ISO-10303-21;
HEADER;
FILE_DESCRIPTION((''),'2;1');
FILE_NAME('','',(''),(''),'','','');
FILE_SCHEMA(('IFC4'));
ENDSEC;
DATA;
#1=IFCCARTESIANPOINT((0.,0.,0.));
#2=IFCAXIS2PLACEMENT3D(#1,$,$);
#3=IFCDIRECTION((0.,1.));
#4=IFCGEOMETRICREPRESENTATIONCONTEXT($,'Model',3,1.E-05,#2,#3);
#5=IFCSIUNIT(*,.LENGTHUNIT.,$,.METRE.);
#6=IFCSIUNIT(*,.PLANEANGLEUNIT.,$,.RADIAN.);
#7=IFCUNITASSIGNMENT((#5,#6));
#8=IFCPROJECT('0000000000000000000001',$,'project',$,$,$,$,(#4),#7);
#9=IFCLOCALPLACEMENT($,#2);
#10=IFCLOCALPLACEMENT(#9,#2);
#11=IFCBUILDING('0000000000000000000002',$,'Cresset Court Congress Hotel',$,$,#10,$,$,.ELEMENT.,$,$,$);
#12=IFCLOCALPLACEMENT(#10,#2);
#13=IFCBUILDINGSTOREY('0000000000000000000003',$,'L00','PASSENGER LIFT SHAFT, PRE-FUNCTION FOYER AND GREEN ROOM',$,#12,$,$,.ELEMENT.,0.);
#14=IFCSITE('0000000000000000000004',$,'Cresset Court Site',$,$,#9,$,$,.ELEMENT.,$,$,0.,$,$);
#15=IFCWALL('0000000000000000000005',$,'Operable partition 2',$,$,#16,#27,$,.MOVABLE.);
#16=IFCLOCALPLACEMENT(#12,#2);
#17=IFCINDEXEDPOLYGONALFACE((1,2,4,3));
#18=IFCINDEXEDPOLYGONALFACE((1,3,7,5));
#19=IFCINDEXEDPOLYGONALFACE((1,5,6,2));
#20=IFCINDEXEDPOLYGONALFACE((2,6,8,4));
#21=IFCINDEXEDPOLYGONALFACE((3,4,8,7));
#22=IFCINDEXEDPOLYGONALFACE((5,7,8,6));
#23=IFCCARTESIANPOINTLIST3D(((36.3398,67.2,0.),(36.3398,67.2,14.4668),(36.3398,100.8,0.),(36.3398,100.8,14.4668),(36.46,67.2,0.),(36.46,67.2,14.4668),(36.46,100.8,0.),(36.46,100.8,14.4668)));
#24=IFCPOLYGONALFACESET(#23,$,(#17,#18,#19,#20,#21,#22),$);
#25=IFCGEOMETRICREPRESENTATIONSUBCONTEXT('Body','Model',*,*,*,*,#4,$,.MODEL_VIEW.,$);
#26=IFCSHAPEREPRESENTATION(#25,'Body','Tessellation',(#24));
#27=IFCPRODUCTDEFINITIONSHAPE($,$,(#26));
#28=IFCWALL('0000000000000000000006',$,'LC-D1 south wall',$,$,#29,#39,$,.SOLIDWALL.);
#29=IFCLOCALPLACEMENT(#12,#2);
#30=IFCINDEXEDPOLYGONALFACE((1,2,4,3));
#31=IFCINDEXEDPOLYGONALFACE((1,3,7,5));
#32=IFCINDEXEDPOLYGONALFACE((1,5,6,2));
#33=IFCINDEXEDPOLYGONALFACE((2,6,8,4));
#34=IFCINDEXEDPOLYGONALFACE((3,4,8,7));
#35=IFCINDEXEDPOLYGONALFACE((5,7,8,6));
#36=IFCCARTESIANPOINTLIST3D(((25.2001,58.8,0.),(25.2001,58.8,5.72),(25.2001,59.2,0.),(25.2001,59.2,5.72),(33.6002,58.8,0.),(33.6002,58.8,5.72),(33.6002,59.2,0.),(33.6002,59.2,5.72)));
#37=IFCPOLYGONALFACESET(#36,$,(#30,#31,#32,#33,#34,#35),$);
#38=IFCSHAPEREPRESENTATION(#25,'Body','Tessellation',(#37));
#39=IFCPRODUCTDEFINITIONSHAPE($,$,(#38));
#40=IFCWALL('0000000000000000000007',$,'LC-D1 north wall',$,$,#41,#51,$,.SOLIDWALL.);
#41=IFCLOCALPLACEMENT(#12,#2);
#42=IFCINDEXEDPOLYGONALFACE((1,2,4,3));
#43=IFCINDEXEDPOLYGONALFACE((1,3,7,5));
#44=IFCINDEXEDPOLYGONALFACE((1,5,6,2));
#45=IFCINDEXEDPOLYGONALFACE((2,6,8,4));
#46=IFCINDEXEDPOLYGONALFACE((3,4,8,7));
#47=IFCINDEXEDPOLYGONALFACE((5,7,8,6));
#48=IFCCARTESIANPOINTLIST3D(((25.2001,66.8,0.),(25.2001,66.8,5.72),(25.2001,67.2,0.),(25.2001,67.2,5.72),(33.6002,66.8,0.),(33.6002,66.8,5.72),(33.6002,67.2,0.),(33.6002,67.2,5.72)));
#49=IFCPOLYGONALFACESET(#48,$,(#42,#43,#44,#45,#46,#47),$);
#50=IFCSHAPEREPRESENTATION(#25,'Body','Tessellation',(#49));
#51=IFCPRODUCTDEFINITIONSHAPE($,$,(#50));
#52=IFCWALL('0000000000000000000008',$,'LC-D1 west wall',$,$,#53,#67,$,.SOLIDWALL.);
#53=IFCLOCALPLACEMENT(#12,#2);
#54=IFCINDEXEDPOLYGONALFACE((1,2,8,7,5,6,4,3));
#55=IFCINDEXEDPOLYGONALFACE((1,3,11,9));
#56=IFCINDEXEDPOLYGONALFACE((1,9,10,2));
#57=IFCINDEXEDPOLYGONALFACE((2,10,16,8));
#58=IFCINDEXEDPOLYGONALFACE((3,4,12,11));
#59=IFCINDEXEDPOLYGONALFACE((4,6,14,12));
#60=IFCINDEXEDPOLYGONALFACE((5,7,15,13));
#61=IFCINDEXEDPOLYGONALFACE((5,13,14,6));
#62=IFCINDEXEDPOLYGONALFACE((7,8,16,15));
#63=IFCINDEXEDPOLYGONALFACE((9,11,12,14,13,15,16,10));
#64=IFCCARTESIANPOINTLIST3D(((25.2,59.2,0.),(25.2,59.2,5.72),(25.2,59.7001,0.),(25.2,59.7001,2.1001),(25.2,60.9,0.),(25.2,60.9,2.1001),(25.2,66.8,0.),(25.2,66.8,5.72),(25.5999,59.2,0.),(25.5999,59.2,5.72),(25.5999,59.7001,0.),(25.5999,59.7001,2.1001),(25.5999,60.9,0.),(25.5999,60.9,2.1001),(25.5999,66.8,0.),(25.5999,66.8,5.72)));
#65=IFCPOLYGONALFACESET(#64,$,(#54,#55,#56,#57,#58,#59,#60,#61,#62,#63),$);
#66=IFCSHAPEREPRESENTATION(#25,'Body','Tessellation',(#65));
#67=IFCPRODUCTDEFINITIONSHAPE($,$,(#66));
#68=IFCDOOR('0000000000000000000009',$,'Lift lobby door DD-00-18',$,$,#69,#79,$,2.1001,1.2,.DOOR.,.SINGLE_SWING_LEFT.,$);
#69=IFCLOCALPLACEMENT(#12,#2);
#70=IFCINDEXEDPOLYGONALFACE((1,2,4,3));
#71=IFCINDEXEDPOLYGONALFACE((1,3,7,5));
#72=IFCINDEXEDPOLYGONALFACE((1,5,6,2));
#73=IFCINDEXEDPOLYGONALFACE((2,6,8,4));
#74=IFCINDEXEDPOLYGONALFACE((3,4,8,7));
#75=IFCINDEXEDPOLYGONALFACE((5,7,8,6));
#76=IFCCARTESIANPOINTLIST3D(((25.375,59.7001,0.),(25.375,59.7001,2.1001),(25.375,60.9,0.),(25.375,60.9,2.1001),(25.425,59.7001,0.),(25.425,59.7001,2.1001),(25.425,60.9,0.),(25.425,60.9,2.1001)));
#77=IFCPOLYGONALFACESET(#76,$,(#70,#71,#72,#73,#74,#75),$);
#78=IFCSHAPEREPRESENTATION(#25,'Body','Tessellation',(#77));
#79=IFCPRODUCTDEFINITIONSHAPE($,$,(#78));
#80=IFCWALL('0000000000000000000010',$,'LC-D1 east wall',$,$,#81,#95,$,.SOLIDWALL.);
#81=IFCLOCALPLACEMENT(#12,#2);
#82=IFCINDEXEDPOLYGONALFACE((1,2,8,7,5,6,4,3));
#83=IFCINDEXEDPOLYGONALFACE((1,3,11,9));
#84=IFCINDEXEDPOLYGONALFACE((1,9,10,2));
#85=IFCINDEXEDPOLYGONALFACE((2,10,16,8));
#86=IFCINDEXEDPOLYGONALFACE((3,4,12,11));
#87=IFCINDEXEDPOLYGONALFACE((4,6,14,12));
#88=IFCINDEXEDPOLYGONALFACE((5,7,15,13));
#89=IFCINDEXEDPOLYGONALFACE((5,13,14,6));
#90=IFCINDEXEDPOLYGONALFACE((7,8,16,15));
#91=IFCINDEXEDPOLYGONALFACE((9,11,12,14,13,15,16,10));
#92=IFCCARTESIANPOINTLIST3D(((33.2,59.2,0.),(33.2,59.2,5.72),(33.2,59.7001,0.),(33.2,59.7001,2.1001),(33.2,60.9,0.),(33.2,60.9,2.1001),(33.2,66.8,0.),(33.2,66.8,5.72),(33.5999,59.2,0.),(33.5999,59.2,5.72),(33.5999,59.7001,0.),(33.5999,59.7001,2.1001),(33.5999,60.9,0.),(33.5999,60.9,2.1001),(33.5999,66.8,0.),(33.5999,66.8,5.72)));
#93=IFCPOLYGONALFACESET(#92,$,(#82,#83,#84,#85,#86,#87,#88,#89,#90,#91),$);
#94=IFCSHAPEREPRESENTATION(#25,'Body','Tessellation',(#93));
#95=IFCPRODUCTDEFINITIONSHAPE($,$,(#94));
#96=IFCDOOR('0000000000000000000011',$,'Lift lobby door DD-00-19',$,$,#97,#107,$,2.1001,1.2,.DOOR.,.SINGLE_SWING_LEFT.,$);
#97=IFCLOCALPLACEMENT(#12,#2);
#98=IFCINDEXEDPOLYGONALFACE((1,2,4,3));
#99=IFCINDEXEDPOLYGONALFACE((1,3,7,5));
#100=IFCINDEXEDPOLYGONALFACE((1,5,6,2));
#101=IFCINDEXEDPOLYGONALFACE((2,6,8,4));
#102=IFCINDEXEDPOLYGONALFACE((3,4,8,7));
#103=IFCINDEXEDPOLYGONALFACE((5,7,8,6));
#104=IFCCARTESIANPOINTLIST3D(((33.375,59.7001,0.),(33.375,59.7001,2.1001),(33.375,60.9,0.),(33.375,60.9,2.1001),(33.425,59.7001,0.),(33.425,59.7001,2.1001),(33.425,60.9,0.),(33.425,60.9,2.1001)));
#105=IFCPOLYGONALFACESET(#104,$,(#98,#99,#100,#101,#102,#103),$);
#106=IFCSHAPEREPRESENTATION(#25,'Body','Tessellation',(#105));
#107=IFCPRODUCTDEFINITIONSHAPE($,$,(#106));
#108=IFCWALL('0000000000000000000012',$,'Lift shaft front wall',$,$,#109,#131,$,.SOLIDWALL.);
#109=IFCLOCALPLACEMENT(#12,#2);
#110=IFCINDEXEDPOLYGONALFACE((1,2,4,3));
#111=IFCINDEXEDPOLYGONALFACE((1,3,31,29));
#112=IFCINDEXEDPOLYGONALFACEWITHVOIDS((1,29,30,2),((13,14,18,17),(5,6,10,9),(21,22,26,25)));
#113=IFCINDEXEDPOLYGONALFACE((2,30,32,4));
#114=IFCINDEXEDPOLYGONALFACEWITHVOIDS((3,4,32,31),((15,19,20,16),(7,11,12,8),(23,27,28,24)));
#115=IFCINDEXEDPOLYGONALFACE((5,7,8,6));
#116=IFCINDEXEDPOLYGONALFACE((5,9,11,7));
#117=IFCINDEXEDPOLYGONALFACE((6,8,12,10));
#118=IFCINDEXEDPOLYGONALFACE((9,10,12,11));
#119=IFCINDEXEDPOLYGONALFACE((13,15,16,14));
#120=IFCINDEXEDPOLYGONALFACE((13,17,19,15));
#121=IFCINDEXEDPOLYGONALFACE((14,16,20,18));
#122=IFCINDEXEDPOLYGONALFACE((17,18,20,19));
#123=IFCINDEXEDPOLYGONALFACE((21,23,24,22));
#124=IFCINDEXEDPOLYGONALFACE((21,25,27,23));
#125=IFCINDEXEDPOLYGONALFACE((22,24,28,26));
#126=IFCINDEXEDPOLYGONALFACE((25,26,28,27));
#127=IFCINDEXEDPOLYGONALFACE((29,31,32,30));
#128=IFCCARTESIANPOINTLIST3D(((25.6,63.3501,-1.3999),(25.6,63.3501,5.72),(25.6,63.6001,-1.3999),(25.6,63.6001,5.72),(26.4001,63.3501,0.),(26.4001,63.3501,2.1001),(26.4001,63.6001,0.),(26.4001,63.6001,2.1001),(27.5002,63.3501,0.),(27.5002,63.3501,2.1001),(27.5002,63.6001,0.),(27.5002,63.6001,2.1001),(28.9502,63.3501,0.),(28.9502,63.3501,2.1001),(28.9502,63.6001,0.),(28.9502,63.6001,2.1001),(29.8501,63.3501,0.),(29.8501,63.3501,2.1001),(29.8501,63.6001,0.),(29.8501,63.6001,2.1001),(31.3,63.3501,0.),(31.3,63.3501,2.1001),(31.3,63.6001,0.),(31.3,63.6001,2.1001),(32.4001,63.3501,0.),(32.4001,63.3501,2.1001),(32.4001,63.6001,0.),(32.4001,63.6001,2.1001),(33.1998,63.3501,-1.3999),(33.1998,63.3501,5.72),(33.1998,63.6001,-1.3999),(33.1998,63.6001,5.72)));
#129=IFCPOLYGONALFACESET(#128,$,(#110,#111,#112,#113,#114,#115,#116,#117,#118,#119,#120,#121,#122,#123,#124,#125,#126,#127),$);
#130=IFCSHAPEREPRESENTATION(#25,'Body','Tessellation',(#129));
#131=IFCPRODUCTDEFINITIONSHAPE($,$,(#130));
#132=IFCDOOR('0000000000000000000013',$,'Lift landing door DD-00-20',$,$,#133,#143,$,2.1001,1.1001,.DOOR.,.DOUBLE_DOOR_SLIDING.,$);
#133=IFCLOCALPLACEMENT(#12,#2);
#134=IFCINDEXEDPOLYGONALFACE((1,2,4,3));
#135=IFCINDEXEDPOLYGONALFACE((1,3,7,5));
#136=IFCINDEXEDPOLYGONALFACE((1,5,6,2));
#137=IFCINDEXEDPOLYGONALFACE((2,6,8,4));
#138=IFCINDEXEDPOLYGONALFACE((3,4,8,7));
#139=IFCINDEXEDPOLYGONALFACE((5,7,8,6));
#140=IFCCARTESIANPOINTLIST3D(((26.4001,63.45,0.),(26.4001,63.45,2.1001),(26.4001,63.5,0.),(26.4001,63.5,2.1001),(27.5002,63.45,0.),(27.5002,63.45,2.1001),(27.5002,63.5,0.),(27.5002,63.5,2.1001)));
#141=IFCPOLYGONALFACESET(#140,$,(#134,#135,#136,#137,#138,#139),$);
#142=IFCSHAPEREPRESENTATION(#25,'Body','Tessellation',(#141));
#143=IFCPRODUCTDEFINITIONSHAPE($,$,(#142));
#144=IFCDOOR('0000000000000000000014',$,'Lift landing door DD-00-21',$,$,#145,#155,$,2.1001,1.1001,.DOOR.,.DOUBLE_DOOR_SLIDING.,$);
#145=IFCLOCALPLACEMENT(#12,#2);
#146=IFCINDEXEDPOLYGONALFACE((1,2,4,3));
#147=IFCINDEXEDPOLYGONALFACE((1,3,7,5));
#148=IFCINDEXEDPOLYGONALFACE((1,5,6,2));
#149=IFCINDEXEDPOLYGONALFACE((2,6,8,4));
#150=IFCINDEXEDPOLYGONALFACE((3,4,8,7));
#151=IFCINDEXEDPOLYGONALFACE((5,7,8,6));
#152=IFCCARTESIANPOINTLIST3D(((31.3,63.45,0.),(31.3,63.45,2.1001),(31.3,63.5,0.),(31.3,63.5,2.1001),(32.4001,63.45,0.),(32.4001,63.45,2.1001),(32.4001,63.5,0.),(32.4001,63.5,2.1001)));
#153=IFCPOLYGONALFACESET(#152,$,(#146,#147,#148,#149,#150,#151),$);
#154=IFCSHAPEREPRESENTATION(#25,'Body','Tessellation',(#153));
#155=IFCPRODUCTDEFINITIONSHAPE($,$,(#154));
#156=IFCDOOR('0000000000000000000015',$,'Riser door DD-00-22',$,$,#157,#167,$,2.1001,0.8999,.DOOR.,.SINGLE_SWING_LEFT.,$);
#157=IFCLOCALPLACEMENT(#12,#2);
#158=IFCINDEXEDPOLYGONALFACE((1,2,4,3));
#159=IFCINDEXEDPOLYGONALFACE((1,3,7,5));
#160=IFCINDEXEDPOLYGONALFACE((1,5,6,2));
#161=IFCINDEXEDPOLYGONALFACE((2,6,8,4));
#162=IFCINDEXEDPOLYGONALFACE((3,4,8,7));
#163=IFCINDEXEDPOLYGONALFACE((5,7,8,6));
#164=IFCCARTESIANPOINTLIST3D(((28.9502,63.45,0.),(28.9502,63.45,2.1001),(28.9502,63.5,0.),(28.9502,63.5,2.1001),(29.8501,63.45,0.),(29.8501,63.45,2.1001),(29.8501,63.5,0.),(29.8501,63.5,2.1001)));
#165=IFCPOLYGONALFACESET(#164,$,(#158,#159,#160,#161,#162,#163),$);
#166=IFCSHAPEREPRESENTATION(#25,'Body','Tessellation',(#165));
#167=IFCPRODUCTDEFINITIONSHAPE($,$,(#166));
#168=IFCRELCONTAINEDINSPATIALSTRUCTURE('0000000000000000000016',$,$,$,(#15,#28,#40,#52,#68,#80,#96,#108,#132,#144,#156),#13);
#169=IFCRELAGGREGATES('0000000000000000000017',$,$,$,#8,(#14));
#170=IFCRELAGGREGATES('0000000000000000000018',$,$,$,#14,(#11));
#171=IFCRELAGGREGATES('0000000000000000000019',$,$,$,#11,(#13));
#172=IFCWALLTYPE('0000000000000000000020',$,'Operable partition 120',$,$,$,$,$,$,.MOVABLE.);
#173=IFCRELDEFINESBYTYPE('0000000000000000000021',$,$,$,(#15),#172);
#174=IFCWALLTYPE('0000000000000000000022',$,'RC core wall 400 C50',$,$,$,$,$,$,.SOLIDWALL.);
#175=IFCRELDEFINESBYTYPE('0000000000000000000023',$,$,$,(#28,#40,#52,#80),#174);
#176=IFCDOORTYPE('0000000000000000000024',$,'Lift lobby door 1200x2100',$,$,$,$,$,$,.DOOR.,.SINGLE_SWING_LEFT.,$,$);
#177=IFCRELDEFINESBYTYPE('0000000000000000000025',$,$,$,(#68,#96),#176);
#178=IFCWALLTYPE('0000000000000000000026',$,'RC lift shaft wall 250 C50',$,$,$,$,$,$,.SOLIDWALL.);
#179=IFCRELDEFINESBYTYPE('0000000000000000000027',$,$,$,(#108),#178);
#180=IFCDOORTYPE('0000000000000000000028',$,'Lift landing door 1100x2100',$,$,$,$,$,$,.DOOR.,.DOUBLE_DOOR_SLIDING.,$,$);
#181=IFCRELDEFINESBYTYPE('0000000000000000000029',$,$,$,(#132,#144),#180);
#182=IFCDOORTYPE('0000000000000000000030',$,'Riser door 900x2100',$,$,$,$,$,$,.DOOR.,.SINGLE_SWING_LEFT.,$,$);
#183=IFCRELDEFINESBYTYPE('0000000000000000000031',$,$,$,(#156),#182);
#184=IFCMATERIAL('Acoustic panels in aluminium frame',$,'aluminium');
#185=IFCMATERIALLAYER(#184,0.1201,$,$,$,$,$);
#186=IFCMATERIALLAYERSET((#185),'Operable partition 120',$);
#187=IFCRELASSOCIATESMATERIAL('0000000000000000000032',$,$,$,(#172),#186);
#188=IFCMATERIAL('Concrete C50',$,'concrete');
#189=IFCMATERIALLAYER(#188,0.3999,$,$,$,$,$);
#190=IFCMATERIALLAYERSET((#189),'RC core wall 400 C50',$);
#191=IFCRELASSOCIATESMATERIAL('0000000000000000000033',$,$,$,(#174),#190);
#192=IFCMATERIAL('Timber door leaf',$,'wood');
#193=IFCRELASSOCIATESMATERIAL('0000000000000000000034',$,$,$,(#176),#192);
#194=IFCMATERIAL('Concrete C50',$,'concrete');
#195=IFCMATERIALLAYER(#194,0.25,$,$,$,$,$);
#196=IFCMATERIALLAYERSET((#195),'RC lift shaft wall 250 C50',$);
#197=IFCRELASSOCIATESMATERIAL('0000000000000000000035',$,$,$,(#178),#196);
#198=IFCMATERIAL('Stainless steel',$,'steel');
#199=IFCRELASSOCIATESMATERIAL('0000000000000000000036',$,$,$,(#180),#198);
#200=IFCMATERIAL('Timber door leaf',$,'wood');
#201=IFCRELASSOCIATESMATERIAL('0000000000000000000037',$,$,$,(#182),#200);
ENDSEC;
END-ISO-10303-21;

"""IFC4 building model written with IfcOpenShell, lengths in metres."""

from ifc_helpers import new_model, si_unit, direction, frame, frame_2d, origin, place, context, subcontext, project, spatial, rectangle, extrude, material, layer, layer_set, type_object, element, fill, save


model = new_model("IFC4")

# Units and contexts
model_context = context("Model", 3, precision=1e-05, world=origin(), true_north=direction((0.0, 1.0)))
body_context = subcontext(model_context, "Body", "Model", "MODEL_VIEW")
ifc_project = project(units=[si_unit("LENGTHUNIT", "METRE"), si_unit("PLANEANGLEUNIT", "RADIAN")], contexts=[model_context])

# Site, building, storey
site_placement = place(None, origin())
site = spatial("IfcSite", under=ifc_project, at=site_placement, Name="Cresset Court Site", CompositionType="ELEMENT", RefElevation=0.0)
building_placement = place(site_placement, origin())
building = spatial("IfcBuilding", under=site, at=building_placement, Name="Cresset Court Congress Hotel", CompositionType="ELEMENT")
storey_placement = place(building_placement, origin())
storey = spatial("IfcBuildingStorey", under=building, at=storey_placement, Name="L00", Description="PASSENGER LIFT SHAFT, PRE-FUNCTION FOYER AND GREEN ROOM", CompositionType="ELEMENT", Elevation=0.0)

# Walls
ifc_material_1 = material(Name="Acoustic panels in aluminium frame", Category="aluminium")
ifc_layer_1 = layer(ifc_material_1, 0.1201)
ifc_layer_set_1 = layer_set([ifc_layer_1], Name="Operable partition 120")
wall_type_1 = type_object("IfcWallType", Name="Operable partition 120", PredefinedType="MOVABLE", material=ifc_layer_set_1)
wall_1_placement = place(storey_placement, frame((36.3999, 67.2, 0.0), z_axis=(0.0, 0.0, 1.0), x_axis=(0.0, 1.0, 0.0)))
element("IfcWall", 1, at=wall_1_placement, inside=storey, type_object=wall_type_1, Name="Operable partition 2", PredefinedType="MOVABLE", context=body_context, shape_type="SweptSolid", body=[
    extrude(rectangle(XDim=33.6001, YDim=0.1201, at=frame_2d((16.8, 0.0))), origin(), (0.0, 0.0, 1.0), 14.4668),
])
ifc_material_2 = material(Name="Concrete C50", Category="concrete")
ifc_layer_2 = layer(ifc_material_2, 0.3999)
ifc_layer_set_2 = layer_set([ifc_layer_2], Name="RC core wall 400 C50")
wall_type_2 = type_object("IfcWallType", Name="RC core wall 400 C50", PredefinedType="SOLIDWALL", material=ifc_layer_set_2)
for number, where, z_axis, x_axis, name in (
    (2, (25.2, 59.0, 0.0), (0.0, 0.0, 1.0), (1.0, 0.0, 0.0), "LC-D1 south wall"),
    (3, (25.2, 67.0, 0.0), (0.0, 0.0, 1.0), (1.0, 0.0, 0.0), "LC-D1 north wall"),
):
    element("IfcWall", number, at=place(storey_placement, frame(where, z_axis=z_axis, x_axis=x_axis)), inside=storey, type_object=wall_type_2, Name=name, PredefinedType="SOLIDWALL", context=body_context, shape_type="SweptSolid", body=[
        extrude(rectangle(XDim=8.4001, YDim=0.3999, at=frame_2d((4.2002, 0.0))), origin(), (0.0, 0.0, 1.0), 5.72),
    ])

# Walls, openings, doors
wall_2_placement = place(storey_placement, frame((25.3999, 59.2, 0.0), z_axis=(0.0, 0.0, 1.0), x_axis=(0.0, 1.0, 0.0)))
wall_2 = element("IfcWall", 4, at=wall_2_placement, inside=storey, type_object=wall_type_2, Name="LC-D1 west wall", PredefinedType="SOLIDWALL", context=body_context, shape_type="SweptSolid", body=[
    extrude(rectangle(XDim=7.6001, YDim=0.3999, at=frame_2d((3.8, 0.0))), origin(), (0.0, 0.0, 1.0), 5.72),
])
opening_1_placement = place(wall_2_placement, frame((0.5, 0.0, 0.0)))
opening_1 = element("IfcOpeningElement", 5, at=opening_1_placement, cuts=wall_2, PredefinedType="OPENING", context=body_context, shape_type="SweptSolid", body=[
    extrude(rectangle(XDim=1.2, YDim=2.1001, at=frame_2d((0.6001, 1.05))), frame((0.0, 0.21, 0.0), z_axis=(0.0, -1.0, 0.0), x_axis=(1.0, 0.0, 0.0)), (0.0, 0.0, 1.0), 0.4199),
])
ifc_material_3 = material(Name="Timber door leaf", Category="wood")
door_type_1 = type_object("IfcDoorType", Name="Lift lobby door 1200x2100", OperationType="SINGLE_SWING_LEFT", PredefinedType="DOOR", material=ifc_material_3)
door_1_placement = place(opening_1_placement, origin())
door_1 = element("IfcDoor", 6, at=door_1_placement, inside=storey, type_object=door_type_1, Name="Lift lobby door DD-00-18", OperationType="SINGLE_SWING_LEFT", OverallHeight=2.1001, OverallWidth=1.2, PredefinedType="DOOR", context=body_context, shape_type="SweptSolid", body=[
    extrude(rectangle(XDim=1.2, YDim=2.1001, at=frame_2d((0.6001, 1.05))), frame((0.0, 0.0249, 0.0), z_axis=(0.0, -1.0, 0.0), x_axis=(1.0, 0.0, 0.0)), (0.0, 0.0, 1.0), 0.05),
])
fill(opening_1, door_1)
wall_3_placement = place(storey_placement, frame((33.3999, 59.2, 0.0), z_axis=(0.0, 0.0, 1.0), x_axis=(0.0, 1.0, 0.0)))
wall_3 = element("IfcWall", 7, at=wall_3_placement, inside=storey, type_object=wall_type_2, Name="LC-D1 east wall", PredefinedType="SOLIDWALL", context=body_context, shape_type="SweptSolid", body=[
    extrude(rectangle(XDim=7.6001, YDim=0.3999, at=frame_2d((3.8, 0.0))), origin(), (0.0, 0.0, 1.0), 5.72),
])
opening_2_placement = place(wall_3_placement, frame((0.5, 0.0, 0.0)))
opening_2 = element("IfcOpeningElement", 8, at=opening_2_placement, cuts=wall_3, PredefinedType="OPENING", context=body_context, shape_type="SweptSolid", body=[
    extrude(rectangle(XDim=1.2, YDim=2.1001, at=frame_2d((0.6001, 1.05))), frame((0.0, 0.21, 0.0), z_axis=(0.0, -1.0, 0.0), x_axis=(1.0, 0.0, 0.0)), (0.0, 0.0, 1.0), 0.4199),
])
door_2_placement = place(opening_2_placement, origin())
door_2 = element("IfcDoor", 9, at=door_2_placement, inside=storey, type_object=door_type_1, Name="Lift lobby door DD-00-19", OperationType="SINGLE_SWING_LEFT", OverallHeight=2.1001, OverallWidth=1.2, PredefinedType="DOOR", context=body_context, shape_type="SweptSolid", body=[
    extrude(rectangle(XDim=1.2, YDim=2.1001, at=frame_2d((0.6001, 1.05))), frame((0.0, 0.0249, 0.0), z_axis=(0.0, -1.0, 0.0), x_axis=(1.0, 0.0, 0.0)), (0.0, 0.0, 1.0), 0.05),
])
fill(opening_2, door_2)

# Wall, openings, doors
ifc_material_4 = material(Name="Concrete C50", Category="concrete")
ifc_layer_3 = layer(ifc_material_4, 0.25)
ifc_layer_set_3 = layer_set([ifc_layer_3], Name="RC lift shaft wall 250 C50")
wall_type_3 = type_object("IfcWallType", Name="RC lift shaft wall 250 C50", PredefinedType="SOLIDWALL", material=ifc_layer_set_3)
wall_4_placement = place(storey_placement, frame((25.6001, 63.4751, -1.3999), z_axis=(0.0, 0.0, 1.0), x_axis=(1.0, 0.0, 0.0)))
wall_4 = element("IfcWall", 10, at=wall_4_placement, inside=storey, type_object=wall_type_3, Name="Lift shaft front wall", PredefinedType="SOLIDWALL", context=body_context, shape_type="SweptSolid", body=[
    extrude(rectangle(XDim=7.5999, YDim=0.25, at=frame_2d((3.7998, 0.0))), origin(), (0.0, 0.0, 1.0), 7.1199),
])
opening_3_placement = place(wall_4_placement, frame((0.8, 0.0, 1.3999)))
opening_3 = element("IfcOpeningElement", 11, at=opening_3_placement, cuts=wall_4, PredefinedType="OPENING", context=body_context, shape_type="SweptSolid", body=[
    extrude(rectangle(XDim=1.1001, YDim=2.1001, at=frame_2d((0.55, 1.05))), frame((0.0, 0.135, 0.0), z_axis=(0.0, -1.0, 0.0), x_axis=(1.0, 0.0, 0.0)), (0.0, 0.0, 1.0), 0.27),
])
opening_4_placement = place(wall_4_placement, frame((5.7, 0.0, 1.3999)))
opening_4 = element("IfcOpeningElement", 12, at=opening_4_placement, cuts=wall_4, PredefinedType="OPENING", context=body_context, shape_type="SweptSolid", body=[
    extrude(rectangle(XDim=1.1001, YDim=2.1001, at=frame_2d((0.55, 1.05))), frame((0.0, 0.135, 0.0), z_axis=(0.0, -1.0, 0.0), x_axis=(1.0, 0.0, 0.0)), (0.0, 0.0, 1.0), 0.27),
])
opening_5_placement = place(wall_4_placement, frame((3.3501, 0.0, 1.3999)))
opening_5 = element("IfcOpeningElement", 13, at=opening_5_placement, cuts=wall_4, PredefinedType="OPENING", context=body_context, shape_type="SweptSolid", body=[
    extrude(rectangle(XDim=0.8999, YDim=2.1001, at=frame_2d((0.45, 1.05))), frame((0.0, 0.135, 0.0), z_axis=(0.0, -1.0, 0.0), x_axis=(1.0, 0.0, 0.0)), (0.0, 0.0, 1.0), 0.27),
])
ifc_material_5 = material(Name="Stainless steel", Category="steel")
door_type_2 = type_object("IfcDoorType", Name="Lift landing door 1100x2100", OperationType="DOUBLE_DOOR_SLIDING", PredefinedType="DOOR", material=ifc_material_5)
door_3_placement = place(opening_3_placement, origin())
door_3 = element("IfcDoor", 14, at=door_3_placement, inside=storey, type_object=door_type_2, Name="Lift landing door DD-00-20", OperationType="DOUBLE_DOOR_SLIDING", OverallHeight=2.1001, OverallWidth=1.1001, PredefinedType="DOOR", context=body_context, shape_type="SweptSolid", body=[
    extrude(rectangle(XDim=1.1001, YDim=2.1001, at=frame_2d((0.55, 1.05))), frame((0.0, 0.0249, 0.0), z_axis=(0.0, -1.0, 0.0), x_axis=(1.0, 0.0, 0.0)), (0.0, 0.0, 1.0), 0.05),
])
fill(opening_3, door_3)
door_4_placement = place(opening_4_placement, origin())
door_4 = element("IfcDoor", 15, at=door_4_placement, inside=storey, type_object=door_type_2, Name="Lift landing door DD-00-21", OperationType="DOUBLE_DOOR_SLIDING", OverallHeight=2.1001, OverallWidth=1.1001, PredefinedType="DOOR", context=body_context, shape_type="SweptSolid", body=[
    extrude(rectangle(XDim=1.1001, YDim=2.1001, at=frame_2d((0.55, 1.05))), frame((0.0, 0.0249, 0.0), z_axis=(0.0, -1.0, 0.0), x_axis=(1.0, 0.0, 0.0)), (0.0, 0.0, 1.0), 0.05),
])
fill(opening_4, door_4)
ifc_material_6 = material(Name="Timber door leaf", Category="wood")
door_type_3 = type_object("IfcDoorType", Name="Riser door 900x2100", OperationType="SINGLE_SWING_LEFT", PredefinedType="DOOR", material=ifc_material_6)
door_5_placement = place(opening_5_placement, origin())
door_5 = element("IfcDoor", 16, at=door_5_placement, inside=storey, type_object=door_type_3, Name="Riser door DD-00-22", OperationType="SINGLE_SWING_LEFT", OverallHeight=2.1001, OverallWidth=0.8999, PredefinedType="DOOR", context=body_context, shape_type="SweptSolid", body=[
    extrude(rectangle(XDim=0.8999, YDim=2.1001, at=frame_2d((0.45, 1.05))), frame((0.0, 0.0249, 0.0), z_axis=(0.0, -1.0, 0.0), x_axis=(1.0, 0.0, 0.0)), (0.0, 0.0, 1.0), 0.05),
])
fill(opening_5, door_5)

save(model, "model.ifc")
